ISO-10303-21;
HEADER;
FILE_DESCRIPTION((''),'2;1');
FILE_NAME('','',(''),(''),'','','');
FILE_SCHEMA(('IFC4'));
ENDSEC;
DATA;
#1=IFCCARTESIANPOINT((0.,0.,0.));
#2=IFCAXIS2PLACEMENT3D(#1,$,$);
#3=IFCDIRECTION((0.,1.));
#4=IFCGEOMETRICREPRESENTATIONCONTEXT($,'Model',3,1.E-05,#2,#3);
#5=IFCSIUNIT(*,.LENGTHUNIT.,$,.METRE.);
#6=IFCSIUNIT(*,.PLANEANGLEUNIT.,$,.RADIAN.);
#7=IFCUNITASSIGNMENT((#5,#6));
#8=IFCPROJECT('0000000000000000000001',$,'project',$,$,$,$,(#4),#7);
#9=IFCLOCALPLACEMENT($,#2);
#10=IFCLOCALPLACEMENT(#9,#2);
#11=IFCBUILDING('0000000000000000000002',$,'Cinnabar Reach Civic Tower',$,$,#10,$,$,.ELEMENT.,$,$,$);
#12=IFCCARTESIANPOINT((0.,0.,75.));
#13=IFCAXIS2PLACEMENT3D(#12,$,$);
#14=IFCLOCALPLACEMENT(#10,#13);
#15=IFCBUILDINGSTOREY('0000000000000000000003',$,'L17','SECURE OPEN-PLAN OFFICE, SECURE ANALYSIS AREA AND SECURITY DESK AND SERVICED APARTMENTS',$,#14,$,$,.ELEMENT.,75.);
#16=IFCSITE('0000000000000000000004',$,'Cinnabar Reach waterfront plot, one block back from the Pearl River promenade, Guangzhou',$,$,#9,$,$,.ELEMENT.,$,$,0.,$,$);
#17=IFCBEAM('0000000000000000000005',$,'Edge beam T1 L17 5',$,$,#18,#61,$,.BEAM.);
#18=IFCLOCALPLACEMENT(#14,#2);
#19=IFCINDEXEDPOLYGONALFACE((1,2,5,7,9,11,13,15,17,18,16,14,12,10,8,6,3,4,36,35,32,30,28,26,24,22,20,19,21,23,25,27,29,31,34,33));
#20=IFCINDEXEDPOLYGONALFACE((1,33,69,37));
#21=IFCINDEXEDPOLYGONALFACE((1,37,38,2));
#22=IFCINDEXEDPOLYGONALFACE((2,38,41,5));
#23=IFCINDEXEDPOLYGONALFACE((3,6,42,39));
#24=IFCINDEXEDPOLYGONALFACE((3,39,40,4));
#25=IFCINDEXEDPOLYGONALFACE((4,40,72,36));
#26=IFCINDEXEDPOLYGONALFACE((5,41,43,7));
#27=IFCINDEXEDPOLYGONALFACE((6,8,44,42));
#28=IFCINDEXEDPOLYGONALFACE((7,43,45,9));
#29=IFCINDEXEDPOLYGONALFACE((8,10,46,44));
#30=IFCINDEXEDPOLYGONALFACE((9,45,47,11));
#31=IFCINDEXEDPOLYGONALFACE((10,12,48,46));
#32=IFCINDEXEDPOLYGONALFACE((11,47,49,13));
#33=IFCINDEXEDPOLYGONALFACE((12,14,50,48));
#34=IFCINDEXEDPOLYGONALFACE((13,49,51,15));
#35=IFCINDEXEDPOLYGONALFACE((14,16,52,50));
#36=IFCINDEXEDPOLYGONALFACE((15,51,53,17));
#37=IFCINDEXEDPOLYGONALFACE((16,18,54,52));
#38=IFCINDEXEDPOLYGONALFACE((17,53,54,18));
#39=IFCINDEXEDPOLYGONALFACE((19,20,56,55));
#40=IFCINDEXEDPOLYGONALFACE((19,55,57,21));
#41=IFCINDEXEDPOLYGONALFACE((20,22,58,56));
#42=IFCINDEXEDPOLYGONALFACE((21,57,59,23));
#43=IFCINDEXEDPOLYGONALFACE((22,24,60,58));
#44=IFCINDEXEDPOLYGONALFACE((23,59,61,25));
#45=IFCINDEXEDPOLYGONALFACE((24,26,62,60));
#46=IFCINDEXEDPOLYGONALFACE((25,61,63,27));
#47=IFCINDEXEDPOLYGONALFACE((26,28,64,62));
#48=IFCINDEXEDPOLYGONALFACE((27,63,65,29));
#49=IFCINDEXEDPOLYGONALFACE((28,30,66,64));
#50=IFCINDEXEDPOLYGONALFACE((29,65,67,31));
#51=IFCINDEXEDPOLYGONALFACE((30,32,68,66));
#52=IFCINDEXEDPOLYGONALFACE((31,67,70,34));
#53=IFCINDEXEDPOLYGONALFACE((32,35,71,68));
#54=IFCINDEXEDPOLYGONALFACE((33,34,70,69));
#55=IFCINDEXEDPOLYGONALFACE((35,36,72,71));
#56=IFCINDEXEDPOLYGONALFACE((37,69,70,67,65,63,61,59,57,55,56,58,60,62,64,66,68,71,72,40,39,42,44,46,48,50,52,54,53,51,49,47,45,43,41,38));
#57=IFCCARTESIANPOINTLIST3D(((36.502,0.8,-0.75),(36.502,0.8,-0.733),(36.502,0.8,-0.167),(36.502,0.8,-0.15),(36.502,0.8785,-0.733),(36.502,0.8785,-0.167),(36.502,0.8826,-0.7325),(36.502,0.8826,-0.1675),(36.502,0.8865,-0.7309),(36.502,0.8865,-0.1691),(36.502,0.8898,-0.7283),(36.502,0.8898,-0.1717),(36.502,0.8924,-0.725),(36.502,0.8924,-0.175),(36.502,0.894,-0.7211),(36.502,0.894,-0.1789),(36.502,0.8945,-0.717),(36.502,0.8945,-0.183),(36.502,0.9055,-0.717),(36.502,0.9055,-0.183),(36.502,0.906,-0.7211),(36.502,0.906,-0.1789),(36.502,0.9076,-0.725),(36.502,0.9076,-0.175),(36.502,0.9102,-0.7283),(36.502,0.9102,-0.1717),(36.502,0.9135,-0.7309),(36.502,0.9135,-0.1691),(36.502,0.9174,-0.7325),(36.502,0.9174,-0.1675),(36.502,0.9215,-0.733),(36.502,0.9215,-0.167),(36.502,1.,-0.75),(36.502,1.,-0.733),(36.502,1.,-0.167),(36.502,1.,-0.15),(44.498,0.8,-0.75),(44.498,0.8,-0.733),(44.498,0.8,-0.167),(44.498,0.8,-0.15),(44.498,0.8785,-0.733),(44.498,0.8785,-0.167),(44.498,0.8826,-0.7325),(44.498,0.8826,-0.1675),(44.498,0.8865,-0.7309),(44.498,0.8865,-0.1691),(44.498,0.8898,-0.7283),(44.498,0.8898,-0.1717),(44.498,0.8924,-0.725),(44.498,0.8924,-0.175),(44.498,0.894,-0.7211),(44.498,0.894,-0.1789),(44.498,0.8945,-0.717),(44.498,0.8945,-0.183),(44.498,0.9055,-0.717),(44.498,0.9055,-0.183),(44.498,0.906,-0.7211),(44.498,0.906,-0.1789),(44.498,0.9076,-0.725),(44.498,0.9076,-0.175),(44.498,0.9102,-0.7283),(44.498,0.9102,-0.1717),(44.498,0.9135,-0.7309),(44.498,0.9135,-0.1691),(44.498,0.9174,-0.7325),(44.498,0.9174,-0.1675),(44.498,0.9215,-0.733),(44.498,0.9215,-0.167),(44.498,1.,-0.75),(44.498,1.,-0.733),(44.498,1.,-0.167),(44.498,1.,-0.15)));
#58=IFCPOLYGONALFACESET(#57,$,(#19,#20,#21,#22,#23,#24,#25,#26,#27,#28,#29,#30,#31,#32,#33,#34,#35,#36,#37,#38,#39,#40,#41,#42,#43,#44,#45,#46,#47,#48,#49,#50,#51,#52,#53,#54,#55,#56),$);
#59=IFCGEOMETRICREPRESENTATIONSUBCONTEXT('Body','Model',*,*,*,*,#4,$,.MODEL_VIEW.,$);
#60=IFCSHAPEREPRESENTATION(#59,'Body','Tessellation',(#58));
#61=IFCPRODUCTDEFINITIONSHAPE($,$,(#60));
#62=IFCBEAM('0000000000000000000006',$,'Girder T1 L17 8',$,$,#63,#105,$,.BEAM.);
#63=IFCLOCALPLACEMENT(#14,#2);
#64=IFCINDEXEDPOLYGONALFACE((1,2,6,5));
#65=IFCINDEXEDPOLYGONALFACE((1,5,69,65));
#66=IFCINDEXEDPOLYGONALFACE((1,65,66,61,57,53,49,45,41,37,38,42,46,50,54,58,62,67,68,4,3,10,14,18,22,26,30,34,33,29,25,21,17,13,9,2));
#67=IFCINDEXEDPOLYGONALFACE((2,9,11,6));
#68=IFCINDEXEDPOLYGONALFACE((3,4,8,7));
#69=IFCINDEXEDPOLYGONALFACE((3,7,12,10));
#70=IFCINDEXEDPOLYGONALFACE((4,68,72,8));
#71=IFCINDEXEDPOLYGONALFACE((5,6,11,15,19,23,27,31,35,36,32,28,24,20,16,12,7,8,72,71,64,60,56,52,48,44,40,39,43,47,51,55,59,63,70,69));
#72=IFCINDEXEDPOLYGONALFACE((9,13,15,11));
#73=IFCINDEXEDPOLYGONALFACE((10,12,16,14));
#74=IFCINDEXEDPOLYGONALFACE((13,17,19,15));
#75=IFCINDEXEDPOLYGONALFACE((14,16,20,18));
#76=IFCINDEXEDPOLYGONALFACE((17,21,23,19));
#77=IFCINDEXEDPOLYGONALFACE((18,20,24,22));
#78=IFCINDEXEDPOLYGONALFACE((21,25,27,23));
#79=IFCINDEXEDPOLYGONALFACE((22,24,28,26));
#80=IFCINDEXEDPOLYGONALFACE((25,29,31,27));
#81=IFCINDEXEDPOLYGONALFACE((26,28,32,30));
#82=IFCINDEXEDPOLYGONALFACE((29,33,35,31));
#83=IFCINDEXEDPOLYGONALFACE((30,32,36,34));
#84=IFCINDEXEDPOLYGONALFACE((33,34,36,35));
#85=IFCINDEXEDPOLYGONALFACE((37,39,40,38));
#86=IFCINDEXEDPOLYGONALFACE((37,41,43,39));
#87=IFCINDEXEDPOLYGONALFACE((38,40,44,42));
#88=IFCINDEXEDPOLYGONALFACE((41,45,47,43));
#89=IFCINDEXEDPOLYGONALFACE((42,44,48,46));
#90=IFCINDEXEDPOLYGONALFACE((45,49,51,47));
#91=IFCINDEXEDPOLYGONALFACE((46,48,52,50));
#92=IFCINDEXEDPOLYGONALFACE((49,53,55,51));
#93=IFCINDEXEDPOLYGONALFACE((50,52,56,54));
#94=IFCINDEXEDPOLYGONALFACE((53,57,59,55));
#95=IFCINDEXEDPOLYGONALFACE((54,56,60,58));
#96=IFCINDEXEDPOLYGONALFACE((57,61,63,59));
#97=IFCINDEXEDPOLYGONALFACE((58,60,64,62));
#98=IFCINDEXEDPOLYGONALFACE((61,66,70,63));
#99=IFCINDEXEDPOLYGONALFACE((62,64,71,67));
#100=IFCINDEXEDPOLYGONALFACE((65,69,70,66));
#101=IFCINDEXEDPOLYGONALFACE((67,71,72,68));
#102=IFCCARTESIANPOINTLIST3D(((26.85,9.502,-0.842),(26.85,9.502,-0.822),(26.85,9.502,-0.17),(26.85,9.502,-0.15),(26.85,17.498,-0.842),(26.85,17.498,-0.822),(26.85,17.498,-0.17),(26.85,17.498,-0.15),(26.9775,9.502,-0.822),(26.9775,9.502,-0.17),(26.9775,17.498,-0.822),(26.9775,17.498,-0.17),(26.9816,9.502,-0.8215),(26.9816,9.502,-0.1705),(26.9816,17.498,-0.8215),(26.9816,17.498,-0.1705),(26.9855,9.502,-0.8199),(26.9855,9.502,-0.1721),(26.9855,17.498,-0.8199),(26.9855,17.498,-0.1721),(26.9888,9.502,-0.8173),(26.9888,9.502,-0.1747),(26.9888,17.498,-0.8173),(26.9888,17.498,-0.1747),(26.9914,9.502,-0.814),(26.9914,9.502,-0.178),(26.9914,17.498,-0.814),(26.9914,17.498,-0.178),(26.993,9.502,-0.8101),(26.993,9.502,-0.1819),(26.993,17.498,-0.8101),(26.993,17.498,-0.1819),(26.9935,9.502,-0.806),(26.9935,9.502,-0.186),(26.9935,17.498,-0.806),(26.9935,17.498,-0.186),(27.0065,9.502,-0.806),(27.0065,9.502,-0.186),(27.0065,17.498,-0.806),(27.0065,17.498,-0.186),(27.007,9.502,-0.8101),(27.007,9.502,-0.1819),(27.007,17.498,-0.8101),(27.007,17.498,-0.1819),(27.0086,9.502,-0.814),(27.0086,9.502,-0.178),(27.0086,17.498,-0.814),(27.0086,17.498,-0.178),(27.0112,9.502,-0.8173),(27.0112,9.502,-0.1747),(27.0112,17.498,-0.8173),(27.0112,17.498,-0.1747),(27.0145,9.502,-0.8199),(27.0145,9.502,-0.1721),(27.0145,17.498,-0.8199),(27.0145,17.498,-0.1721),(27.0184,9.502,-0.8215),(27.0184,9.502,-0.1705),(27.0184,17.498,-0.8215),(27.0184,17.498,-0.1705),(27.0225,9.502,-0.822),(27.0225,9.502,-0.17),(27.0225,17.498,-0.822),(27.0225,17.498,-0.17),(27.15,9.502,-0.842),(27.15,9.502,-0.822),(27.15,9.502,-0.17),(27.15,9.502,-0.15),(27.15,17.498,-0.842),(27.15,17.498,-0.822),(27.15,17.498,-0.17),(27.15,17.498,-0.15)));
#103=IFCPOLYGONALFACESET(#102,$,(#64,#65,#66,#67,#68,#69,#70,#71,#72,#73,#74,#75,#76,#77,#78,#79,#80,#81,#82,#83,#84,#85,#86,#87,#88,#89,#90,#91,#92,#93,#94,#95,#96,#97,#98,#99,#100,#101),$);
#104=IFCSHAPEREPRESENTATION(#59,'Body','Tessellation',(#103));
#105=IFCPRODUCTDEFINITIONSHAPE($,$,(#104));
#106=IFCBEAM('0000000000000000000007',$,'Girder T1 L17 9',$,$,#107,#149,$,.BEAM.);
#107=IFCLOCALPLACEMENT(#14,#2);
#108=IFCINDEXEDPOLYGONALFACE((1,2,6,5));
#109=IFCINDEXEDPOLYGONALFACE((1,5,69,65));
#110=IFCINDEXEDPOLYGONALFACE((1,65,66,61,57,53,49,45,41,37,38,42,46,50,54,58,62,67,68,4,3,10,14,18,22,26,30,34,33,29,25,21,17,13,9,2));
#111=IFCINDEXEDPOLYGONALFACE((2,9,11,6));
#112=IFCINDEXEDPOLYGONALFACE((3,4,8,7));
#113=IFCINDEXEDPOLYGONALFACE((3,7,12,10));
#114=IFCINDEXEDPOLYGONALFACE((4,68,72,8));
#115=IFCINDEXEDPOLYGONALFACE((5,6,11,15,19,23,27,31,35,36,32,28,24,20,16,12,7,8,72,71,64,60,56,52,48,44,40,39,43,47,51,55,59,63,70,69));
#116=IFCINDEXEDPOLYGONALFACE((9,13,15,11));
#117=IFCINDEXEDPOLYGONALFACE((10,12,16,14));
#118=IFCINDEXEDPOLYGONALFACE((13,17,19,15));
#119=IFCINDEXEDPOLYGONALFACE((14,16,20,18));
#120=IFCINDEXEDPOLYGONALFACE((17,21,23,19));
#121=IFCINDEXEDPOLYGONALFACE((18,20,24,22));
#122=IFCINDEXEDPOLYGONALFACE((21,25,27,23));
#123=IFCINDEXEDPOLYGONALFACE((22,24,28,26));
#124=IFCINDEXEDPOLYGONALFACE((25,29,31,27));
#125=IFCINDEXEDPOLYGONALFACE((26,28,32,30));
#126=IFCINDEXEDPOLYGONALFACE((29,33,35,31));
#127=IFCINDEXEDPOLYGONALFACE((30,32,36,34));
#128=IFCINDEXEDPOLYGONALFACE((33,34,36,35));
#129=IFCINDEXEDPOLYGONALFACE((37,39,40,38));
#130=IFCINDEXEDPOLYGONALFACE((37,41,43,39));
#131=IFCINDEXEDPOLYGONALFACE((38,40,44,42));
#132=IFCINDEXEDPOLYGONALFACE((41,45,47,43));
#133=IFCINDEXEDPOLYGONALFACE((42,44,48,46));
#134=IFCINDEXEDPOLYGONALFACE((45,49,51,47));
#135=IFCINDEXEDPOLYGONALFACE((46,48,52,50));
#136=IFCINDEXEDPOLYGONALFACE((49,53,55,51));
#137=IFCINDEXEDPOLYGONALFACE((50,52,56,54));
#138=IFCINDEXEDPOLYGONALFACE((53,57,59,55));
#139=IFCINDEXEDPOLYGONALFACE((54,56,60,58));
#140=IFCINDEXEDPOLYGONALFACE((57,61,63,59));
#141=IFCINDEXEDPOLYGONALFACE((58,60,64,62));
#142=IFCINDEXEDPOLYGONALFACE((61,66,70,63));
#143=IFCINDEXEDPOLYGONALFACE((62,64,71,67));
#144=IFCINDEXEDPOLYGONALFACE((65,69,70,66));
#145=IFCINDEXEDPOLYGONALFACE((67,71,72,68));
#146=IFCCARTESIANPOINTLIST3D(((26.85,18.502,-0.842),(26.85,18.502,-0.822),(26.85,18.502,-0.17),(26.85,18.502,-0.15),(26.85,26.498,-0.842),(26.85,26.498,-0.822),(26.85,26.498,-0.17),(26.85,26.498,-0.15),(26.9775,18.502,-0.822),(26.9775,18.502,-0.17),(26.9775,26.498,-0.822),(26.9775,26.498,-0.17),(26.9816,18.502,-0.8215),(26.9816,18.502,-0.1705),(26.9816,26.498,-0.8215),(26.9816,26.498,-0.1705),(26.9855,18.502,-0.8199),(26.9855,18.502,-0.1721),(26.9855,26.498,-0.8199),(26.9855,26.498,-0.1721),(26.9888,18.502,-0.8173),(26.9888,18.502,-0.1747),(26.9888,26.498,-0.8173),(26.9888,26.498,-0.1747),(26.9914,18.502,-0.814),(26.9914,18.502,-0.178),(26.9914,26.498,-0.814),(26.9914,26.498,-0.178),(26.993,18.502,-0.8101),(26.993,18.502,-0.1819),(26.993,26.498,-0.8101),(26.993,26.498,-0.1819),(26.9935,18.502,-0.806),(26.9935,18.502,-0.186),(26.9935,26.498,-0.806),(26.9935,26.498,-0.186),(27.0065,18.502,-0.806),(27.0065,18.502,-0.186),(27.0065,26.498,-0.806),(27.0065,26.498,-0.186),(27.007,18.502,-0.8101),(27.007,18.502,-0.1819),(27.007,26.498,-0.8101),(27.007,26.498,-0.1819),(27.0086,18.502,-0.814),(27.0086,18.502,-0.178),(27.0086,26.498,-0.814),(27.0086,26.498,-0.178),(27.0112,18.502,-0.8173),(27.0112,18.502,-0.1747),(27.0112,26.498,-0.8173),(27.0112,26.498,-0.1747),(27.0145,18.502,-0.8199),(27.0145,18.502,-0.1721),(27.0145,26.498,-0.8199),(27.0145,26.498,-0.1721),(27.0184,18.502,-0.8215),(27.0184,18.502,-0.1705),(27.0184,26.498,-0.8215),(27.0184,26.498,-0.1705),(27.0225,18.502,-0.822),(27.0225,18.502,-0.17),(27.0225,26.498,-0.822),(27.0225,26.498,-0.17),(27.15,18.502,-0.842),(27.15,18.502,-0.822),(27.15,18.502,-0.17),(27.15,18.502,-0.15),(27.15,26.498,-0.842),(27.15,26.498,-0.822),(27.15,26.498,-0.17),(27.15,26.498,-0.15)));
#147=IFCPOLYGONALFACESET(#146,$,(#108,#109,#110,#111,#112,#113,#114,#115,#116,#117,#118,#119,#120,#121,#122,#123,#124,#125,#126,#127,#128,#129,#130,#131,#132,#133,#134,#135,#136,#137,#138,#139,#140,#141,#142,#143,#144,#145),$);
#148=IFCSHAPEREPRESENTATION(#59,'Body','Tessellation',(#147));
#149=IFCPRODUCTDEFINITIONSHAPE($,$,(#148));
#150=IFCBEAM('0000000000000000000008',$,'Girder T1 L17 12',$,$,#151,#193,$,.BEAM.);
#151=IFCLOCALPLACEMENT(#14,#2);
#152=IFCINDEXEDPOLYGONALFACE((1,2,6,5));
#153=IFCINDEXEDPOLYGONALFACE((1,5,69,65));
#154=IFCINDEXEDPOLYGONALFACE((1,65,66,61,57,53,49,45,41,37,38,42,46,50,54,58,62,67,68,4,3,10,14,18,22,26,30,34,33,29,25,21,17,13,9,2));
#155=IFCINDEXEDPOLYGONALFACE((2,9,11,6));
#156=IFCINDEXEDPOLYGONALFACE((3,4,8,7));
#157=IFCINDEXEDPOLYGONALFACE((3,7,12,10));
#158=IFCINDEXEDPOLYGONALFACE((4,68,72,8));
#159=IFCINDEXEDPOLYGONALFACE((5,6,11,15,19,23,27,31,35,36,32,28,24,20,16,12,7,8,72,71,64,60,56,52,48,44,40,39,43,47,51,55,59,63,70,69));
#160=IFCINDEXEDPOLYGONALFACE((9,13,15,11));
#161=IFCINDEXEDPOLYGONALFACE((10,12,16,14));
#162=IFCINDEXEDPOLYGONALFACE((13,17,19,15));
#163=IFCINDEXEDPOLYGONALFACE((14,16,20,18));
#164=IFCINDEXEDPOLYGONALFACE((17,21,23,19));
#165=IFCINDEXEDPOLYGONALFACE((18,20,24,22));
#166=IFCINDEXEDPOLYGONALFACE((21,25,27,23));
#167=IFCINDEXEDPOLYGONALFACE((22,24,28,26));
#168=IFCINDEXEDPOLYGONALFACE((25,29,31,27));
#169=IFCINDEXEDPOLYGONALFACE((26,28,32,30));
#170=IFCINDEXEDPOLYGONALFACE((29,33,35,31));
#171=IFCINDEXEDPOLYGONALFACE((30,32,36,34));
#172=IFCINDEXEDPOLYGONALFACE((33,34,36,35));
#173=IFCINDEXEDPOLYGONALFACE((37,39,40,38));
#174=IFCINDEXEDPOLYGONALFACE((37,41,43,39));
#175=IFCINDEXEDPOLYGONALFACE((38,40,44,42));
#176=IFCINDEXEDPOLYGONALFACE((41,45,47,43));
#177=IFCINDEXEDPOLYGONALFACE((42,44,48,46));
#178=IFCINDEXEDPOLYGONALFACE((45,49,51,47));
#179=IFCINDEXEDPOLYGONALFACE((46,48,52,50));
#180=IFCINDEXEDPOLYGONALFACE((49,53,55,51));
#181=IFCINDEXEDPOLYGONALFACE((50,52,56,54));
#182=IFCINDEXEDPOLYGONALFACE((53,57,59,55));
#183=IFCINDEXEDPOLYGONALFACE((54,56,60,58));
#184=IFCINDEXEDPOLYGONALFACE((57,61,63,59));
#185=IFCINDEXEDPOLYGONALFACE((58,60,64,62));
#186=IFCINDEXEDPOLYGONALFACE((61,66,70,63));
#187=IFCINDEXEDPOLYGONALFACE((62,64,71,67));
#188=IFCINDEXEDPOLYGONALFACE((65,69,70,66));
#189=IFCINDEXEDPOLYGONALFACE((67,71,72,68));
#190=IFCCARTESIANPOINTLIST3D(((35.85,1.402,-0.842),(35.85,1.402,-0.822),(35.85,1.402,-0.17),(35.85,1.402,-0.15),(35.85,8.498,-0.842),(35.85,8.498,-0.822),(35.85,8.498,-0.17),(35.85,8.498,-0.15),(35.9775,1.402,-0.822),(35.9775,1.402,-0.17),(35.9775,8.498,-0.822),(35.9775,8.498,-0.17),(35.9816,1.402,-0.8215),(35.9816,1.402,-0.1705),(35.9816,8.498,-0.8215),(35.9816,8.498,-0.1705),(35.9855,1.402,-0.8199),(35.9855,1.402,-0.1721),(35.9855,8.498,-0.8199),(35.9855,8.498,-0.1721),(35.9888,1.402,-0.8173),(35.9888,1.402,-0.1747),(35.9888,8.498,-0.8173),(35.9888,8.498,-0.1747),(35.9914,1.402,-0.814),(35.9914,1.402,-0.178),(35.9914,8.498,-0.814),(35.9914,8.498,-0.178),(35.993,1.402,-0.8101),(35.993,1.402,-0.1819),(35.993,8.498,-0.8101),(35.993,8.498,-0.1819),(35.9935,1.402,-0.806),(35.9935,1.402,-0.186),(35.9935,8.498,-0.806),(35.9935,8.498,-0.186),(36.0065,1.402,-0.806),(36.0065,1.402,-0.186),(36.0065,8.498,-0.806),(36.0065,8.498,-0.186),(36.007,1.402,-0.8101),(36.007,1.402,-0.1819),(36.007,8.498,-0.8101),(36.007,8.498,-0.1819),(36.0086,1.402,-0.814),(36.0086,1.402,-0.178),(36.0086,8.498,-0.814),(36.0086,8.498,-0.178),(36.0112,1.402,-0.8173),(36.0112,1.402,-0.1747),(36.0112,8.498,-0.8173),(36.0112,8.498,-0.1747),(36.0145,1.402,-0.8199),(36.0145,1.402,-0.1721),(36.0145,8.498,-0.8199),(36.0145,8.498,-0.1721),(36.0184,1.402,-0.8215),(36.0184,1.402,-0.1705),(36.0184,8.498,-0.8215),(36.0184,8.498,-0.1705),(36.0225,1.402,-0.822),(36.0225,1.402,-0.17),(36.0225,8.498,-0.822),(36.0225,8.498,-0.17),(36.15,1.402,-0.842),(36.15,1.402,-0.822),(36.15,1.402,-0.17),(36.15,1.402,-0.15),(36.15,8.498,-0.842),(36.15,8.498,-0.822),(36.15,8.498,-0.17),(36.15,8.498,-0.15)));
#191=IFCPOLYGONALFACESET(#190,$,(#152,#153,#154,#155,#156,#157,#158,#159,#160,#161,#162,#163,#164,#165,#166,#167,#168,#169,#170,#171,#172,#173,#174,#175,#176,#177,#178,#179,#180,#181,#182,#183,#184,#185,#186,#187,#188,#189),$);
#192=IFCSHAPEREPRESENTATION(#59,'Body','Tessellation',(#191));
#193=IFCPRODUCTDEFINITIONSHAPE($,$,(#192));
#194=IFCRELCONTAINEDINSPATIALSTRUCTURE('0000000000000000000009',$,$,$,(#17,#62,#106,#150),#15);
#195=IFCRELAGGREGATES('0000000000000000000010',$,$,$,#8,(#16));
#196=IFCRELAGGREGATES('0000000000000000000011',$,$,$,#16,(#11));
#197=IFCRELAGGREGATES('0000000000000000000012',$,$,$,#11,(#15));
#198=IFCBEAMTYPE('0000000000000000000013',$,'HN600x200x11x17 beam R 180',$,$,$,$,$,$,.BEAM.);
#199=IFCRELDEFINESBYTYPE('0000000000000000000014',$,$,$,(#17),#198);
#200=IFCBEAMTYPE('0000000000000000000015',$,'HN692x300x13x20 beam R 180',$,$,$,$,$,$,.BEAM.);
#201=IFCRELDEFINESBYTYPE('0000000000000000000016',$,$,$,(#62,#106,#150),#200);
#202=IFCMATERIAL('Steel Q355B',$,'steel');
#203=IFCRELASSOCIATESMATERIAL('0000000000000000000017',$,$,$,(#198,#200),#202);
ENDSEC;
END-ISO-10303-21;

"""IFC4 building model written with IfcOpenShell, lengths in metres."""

from ifc_helpers import new_model, si_unit, direction, frame, origin, origin_2d, place, context, subcontext, project, spatial, i_section, extrude, material, material_profile, profile_set, type_object, element, save


model = new_model("IFC4")

# Units and contexts
model_context = context("Model", 3, precision=1e-05, world=origin(), true_north=direction((0.0, 1.0)))
body_context = subcontext(model_context, "Body", "Model", "MODEL_VIEW")
ifc_project = project(units=[si_unit("LENGTHUNIT", "METRE"), si_unit("PLANEANGLEUNIT", "RADIAN")], contexts=[model_context])

# Site, building, storey
site_placement = place(None, origin())
site = spatial("IfcSite", under=ifc_project, at=site_placement, Name="Cinnabar Reach waterfront plot, one block back from the Pearl River promenade, Guangzhou", CompositionType="ELEMENT", RefElevation=0.0)
building_placement = place(site_placement, origin())
building = spatial("IfcBuilding", under=site, at=building_placement, Name="Cinnabar Reach Civic Tower", CompositionType="ELEMENT")
storey_placement = place(building_placement, frame((0.0, 0.0, 75.0)))
storey = spatial("IfcBuildingStorey", under=building, at=storey_placement, Name="L17", Description="SECURE OPEN-PLAN OFFICE, SECURE ANALYSIS AREA AND SECURITY DESK AND SERVICED APARTMENTS", CompositionType="ELEMENT", Elevation=75.0)

# Beams
ifc_material_1 = material(Name="Steel Q355B", Category="steel")
ifc_material_profile_1 = material_profile(ifc_material_1, i_section(OverallWidth=0.2, OverallDepth=0.6, WebThickness=0.011, FlangeThickness=0.017, FilletRadius=0.016, at=origin_2d()), Name="HN600x200x11x17")
ifc_profile_set_1 = profile_set([ifc_material_profile_1], Name="Steel Q355B")
beam_type_1 = type_object("IfcBeamType", Name="HN600x200x11x17 beam R 180", PredefinedType="BEAM", material=ifc_profile_set_1)
for number, where, z_axis, x_axis, name in (
    (1, (36.502, 0.9, -0.45), (1.0, 0.0, 0.0), (0.0, 1.0, 0.0), "Edge beam T1 L17 5"),
):
    element("IfcBeam", number, at=place(storey_placement, frame(where, z_axis=z_axis, x_axis=x_axis)), inside=storey, type_object=beam_type_1, Name=name, PredefinedType="BEAM", context=body_context, shape_type="SweptSolid", body=[
        extrude(i_section(OverallWidth=0.2, OverallDepth=0.6, WebThickness=0.011, FlangeThickness=0.017, FilletRadius=0.016, at=origin_2d()), origin(), (0.0, 0.0, 1.0), 7.996),
    ])
ifc_material_profile_2 = material_profile(ifc_material_1, i_section(OverallWidth=0.3, OverallDepth=0.692, WebThickness=0.013, FlangeThickness=0.02, FilletRadius=0.016, at=origin_2d()), Name="HN692x300x13x20")
ifc_profile_set_2 = profile_set([ifc_material_profile_2], Name="Steel Q355B")
beam_type_2 = type_object("IfcBeamType", Name="HN692x300x13x20 beam R 180", PredefinedType="BEAM", material=ifc_profile_set_2)
for number, where, z_axis, x_axis, name in (
    (2, (27.0, 9.502, -0.496), (0.0, 1.0, 0.0), (-1.0, 0.0, 0.0), "Girder T1 L17 8"),
    (3, (27.0, 18.502, -0.496), (0.0, 1.0, 0.0), (-1.0, 0.0, 0.0), "Girder T1 L17 9"),
):
    element("IfcBeam", number, at=place(storey_placement, frame(where, z_axis=z_axis, x_axis=x_axis)), inside=storey, type_object=beam_type_2, Name=name, PredefinedType="BEAM", context=body_context, shape_type="SweptSolid", body=[
        extrude(i_section(OverallWidth=0.3, OverallDepth=0.692, WebThickness=0.013, FlangeThickness=0.02, FilletRadius=0.016, at=origin_2d()), origin(), (0.0, 0.0, 1.0), 7.996),
    ])
beam_1_placement = place(storey_placement, frame((36.0, 1.402, -0.496), z_axis=(0.0, 1.0, 0.0), x_axis=(-1.0, 0.0, 0.0)))
element("IfcBeam", 4, at=beam_1_placement, inside=storey, type_object=beam_type_2, Name="Girder T1 L17 12", PredefinedType="BEAM", context=body_context, shape_type="SweptSolid", body=[
    extrude(i_section(OverallWidth=0.3, OverallDepth=0.692, WebThickness=0.013, FlangeThickness=0.02, FilletRadius=0.016, at=origin_2d()), origin(), (0.0, 0.0, 1.0), 7.096),
])

save(model, "model.ifc")
